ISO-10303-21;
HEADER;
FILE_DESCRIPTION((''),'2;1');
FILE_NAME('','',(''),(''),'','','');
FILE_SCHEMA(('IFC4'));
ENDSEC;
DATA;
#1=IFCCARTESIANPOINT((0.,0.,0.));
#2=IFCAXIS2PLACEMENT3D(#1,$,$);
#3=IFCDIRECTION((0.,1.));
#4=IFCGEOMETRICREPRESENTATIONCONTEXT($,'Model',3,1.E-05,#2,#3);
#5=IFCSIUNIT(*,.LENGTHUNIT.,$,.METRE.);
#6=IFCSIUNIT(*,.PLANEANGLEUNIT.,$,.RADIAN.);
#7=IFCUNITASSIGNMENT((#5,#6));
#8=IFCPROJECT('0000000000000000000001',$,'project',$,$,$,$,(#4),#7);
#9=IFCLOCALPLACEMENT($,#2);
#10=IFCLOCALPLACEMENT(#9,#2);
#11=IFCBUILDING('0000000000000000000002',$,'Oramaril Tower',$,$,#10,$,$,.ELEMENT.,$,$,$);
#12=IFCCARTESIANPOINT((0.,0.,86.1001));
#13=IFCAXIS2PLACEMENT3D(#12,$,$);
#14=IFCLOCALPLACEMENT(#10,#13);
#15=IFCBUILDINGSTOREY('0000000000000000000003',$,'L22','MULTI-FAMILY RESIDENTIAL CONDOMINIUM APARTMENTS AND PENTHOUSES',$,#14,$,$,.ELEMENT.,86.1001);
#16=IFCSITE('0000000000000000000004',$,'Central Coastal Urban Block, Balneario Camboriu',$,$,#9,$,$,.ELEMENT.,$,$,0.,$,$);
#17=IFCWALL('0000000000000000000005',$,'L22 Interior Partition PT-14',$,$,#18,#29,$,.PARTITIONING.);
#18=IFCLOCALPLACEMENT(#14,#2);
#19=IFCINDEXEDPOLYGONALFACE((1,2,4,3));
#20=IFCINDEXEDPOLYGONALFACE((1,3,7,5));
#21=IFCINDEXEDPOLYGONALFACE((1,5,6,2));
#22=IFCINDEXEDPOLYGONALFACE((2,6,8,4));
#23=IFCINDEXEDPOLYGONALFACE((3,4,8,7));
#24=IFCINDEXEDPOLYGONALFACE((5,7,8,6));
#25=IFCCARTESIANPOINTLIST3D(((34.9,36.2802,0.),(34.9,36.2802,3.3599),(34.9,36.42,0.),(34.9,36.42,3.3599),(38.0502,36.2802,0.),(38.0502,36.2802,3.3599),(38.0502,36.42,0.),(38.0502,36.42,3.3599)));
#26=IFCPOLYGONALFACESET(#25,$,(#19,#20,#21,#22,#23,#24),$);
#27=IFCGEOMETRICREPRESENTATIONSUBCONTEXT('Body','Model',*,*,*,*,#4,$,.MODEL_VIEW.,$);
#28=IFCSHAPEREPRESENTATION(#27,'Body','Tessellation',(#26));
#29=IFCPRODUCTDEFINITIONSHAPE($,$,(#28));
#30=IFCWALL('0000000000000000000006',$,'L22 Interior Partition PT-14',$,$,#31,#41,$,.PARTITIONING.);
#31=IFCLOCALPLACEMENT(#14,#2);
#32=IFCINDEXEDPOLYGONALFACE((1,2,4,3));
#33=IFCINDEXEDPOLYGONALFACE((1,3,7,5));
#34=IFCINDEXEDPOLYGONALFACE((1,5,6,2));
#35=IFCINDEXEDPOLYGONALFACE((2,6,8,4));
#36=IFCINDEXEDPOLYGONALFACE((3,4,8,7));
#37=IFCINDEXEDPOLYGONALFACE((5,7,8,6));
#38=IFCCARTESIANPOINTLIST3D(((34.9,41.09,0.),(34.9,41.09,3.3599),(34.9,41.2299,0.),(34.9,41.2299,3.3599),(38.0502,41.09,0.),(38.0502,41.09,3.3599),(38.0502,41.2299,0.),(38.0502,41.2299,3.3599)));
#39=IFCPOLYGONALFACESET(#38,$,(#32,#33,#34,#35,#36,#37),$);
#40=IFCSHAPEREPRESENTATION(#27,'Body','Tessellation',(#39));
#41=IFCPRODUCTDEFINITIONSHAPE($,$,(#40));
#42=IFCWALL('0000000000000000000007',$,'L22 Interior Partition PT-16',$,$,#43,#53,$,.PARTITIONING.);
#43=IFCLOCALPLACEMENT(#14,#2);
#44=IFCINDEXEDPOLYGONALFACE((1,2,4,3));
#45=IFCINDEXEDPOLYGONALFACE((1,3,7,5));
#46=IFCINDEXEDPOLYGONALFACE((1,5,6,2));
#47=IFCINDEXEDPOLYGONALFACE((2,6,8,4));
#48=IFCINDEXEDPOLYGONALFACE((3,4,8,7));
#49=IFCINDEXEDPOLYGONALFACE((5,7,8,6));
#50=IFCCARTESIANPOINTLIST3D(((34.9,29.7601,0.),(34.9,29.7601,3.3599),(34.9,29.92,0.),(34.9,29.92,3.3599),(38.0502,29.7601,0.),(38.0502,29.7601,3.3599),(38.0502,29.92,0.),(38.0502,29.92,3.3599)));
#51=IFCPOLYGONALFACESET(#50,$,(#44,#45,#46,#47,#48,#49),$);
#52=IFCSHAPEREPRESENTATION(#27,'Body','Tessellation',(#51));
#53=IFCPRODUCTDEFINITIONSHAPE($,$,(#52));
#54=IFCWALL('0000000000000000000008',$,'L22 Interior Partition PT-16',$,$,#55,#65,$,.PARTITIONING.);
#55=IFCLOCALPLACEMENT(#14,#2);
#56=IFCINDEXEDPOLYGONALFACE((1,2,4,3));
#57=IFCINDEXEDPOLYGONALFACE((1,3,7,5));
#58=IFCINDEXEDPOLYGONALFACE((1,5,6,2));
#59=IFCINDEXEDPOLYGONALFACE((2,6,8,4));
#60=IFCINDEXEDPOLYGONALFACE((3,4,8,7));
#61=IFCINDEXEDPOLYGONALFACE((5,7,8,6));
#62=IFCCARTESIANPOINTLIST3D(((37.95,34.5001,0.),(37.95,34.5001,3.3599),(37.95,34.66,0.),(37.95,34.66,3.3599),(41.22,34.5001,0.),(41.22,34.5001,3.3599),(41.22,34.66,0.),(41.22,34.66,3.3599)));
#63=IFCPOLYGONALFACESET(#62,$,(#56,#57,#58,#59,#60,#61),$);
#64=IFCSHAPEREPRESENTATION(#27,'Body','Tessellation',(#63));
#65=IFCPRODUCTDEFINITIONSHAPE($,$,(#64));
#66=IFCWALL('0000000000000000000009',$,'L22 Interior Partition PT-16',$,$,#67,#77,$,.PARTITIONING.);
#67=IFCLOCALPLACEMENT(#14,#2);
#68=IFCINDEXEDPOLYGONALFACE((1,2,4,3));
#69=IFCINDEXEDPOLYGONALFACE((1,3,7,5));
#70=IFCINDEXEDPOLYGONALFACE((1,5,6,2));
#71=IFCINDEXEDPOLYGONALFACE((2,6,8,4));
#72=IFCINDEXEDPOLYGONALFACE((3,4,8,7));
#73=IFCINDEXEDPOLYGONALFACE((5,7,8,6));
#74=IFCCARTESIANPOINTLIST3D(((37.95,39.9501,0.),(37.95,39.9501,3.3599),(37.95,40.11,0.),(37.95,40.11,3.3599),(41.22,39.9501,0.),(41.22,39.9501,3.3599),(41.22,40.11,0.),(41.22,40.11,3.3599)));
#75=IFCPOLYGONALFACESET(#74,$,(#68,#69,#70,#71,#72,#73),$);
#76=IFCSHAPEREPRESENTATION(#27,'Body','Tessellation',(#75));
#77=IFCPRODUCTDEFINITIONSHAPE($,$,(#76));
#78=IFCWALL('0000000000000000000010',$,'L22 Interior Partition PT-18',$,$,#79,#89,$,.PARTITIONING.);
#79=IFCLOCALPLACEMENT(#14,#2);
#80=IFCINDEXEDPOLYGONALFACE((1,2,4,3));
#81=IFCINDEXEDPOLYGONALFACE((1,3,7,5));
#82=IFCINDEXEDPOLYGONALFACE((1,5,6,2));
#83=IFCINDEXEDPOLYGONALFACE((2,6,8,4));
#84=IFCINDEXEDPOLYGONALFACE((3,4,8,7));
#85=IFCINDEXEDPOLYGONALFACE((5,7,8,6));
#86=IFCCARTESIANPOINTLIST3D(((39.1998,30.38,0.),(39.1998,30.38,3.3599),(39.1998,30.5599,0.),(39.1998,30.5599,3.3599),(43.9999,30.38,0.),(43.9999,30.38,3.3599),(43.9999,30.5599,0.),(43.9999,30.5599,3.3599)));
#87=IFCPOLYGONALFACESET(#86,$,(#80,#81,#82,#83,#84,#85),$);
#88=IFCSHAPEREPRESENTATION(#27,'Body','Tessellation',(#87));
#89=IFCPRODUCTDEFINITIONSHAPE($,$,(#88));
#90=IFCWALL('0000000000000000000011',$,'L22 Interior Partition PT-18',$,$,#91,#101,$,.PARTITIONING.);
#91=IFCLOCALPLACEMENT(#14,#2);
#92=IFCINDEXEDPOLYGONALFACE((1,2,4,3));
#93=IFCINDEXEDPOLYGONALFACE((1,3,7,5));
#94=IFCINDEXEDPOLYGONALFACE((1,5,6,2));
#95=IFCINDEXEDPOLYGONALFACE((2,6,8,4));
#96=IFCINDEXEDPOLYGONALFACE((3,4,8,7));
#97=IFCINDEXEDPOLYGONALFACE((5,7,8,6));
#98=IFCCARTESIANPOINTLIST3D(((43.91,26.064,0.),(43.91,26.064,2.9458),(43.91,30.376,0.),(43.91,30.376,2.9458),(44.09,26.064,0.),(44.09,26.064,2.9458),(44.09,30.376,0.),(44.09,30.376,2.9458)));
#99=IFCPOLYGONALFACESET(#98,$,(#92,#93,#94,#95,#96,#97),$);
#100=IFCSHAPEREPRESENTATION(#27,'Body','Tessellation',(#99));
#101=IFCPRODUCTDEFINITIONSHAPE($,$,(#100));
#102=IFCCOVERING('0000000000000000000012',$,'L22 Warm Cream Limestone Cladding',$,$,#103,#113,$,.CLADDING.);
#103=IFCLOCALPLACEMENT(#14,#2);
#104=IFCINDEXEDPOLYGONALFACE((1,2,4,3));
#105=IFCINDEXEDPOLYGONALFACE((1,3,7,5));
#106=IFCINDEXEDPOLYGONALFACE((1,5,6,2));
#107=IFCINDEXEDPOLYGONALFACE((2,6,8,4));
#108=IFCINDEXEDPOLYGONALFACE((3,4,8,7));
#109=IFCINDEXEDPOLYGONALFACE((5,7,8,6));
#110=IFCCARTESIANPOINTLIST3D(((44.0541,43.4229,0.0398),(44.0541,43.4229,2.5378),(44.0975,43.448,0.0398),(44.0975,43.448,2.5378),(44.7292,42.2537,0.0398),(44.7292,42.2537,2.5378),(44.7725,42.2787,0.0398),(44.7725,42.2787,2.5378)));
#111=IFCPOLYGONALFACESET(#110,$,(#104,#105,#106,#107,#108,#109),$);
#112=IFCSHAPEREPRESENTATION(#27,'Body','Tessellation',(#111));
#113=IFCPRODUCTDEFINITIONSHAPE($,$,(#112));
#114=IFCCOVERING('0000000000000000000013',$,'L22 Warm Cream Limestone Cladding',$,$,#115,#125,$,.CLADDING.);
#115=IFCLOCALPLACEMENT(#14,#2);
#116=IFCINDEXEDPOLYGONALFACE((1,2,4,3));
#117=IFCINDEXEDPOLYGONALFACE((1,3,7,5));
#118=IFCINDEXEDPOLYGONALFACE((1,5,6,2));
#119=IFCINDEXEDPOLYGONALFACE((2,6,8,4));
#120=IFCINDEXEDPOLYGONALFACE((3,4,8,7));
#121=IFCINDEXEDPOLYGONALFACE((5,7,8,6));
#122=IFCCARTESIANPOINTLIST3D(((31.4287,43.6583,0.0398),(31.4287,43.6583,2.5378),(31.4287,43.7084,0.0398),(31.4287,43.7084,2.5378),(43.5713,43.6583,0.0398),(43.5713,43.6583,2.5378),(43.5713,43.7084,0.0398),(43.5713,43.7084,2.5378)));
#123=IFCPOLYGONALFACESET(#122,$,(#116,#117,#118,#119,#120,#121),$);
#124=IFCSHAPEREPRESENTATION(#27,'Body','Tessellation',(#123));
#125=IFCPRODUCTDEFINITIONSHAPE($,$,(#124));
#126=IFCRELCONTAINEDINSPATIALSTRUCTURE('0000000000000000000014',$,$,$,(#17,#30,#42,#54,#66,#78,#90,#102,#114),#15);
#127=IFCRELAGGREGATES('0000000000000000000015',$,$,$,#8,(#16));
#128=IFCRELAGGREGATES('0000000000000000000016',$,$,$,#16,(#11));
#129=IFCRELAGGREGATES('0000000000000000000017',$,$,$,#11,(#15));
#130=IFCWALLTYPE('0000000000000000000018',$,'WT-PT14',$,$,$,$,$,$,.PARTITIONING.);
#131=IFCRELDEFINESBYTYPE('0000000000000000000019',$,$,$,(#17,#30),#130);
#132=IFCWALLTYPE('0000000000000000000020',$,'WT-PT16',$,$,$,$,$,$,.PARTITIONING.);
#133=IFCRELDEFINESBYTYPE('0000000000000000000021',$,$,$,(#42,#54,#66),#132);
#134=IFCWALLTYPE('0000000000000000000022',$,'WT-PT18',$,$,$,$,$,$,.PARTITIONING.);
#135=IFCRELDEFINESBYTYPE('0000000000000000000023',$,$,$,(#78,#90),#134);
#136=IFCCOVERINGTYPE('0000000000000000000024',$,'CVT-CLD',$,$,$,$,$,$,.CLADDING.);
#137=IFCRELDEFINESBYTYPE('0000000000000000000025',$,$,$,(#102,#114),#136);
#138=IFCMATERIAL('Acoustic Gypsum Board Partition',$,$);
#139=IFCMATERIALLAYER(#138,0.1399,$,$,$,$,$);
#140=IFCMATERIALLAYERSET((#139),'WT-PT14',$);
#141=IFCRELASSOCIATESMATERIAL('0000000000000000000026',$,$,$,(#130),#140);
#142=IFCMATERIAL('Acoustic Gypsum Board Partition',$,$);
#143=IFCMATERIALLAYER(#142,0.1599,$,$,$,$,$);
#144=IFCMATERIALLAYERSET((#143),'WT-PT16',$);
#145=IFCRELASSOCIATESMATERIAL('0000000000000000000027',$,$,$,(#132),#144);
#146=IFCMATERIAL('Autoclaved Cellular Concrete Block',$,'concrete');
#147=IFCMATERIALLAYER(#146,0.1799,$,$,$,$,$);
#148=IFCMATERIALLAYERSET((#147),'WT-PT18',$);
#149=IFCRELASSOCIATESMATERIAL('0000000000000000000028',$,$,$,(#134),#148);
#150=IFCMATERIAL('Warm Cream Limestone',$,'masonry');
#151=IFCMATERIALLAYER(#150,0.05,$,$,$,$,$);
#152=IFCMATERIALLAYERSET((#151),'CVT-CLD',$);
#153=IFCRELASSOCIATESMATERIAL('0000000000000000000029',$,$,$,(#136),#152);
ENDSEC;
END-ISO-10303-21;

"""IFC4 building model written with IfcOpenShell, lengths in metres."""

from ifc_helpers import new_model, si_unit, direction, frame, frame_2d, origin, origin_2d, place, context, subcontext, project, spatial, rectangle, extrude, material, layer, layer_set, type_object, element, save


model = new_model("IFC4")

# Units and contexts
model_context = context("Model", 3, precision=1e-05, world=origin(), true_north=direction((0.0, 1.0)))
body_context = subcontext(model_context, "Body", "Model", "MODEL_VIEW")
ifc_project = project(units=[si_unit("LENGTHUNIT", "METRE"), si_unit("PLANEANGLEUNIT", "RADIAN")], contexts=[model_context])

# Site, building, storey
site_placement = place(None, origin())
site = spatial("IfcSite", under=ifc_project, at=site_placement, Name="Central Coastal Urban Block, Balneario Camboriu", CompositionType="ELEMENT", RefElevation=0.0)
building_placement = place(site_placement, origin())
building = spatial("IfcBuilding", under=site, at=building_placement, Name="Oramaril Tower", CompositionType="ELEMENT")
storey_placement = place(building_placement, frame((0.0, 0.0, 86.1001)))
storey = spatial("IfcBuildingStorey", under=building, at=storey_placement, Name="L22", Description="MULTI-FAMILY RESIDENTIAL CONDOMINIUM APARTMENTS AND PENTHOUSES", CompositionType="ELEMENT", Elevation=86.1001)

# Walls
ifc_material_1 = material(Name="Acoustic Gypsum Board Partition")
ifc_layer_1 = layer(ifc_material_1, 0.1399)
ifc_layer_set_1 = layer_set([ifc_layer_1], Name="WT-PT14")
wall_type_1 = type_object("IfcWallType", Name="WT-PT14", PredefinedType="PARTITIONING", material=ifc_layer_set_1)
for number, where, z_axis, x_axis, name in (
    (1, (34.8999, 36.3501, 0.0), (0.0, 0.0, 1.0), (1.0, 0.0, 0.0), "L22 Interior Partition PT-14"),
    (2, (34.8999, 41.1599, 0.0), (0.0, 0.0, 1.0), (1.0, 0.0, 0.0), "L22 Interior Partition PT-14"),
):
    element("IfcWall", number, at=place(storey_placement, frame(where, z_axis=z_axis, x_axis=x_axis)), inside=storey, type_object=wall_type_1, Name=name, PredefinedType="PARTITIONING", context=body_context, shape_type="SweptSolid", body=[
        extrude(rectangle(XDim=3.1501, YDim=0.1399, at=frame_2d((1.5752, 0.0))), origin(), (0.0, 0.0, 1.0), 3.3599),
    ])

# Walls
ifc_material_2 = material(Name="Acoustic Gypsum Board Partition")
ifc_layer_2 = layer(ifc_material_2, 0.1599)
ifc_layer_set_2 = layer_set([ifc_layer_2], Name="WT-PT16")
wall_type_2 = type_object("IfcWallType", Name="WT-PT16", PredefinedType="PARTITIONING", material=ifc_layer_set_2)
wall_1_placement = place(storey_placement, frame((34.8999, 29.8401, 0.0), z_axis=(0.0, 0.0, 1.0), x_axis=(1.0, 0.0, 0.0)))
element("IfcWall", 3, at=wall_1_placement, inside=storey, type_object=wall_type_2, Name="L22 Interior Partition PT-16", PredefinedType="PARTITIONING", context=body_context, shape_type="SweptSolid", body=[
    extrude(rectangle(XDim=3.1501, YDim=0.1599, at=frame_2d((1.5752, 0.0))), origin(), (0.0, 0.0, 1.0), 3.3599),
])
for number, where, z_axis, x_axis, name in (
    (4, (37.95, 34.5801, 0.0), (0.0, 0.0, 1.0), (1.0, 0.0, 0.0), "L22 Interior Partition PT-16"),
    (5, (37.95, 40.03, 0.0), (0.0, 0.0, 1.0), (1.0, 0.0, 0.0), "L22 Interior Partition PT-16"),
):
    element("IfcWall", number, at=place(storey_placement, frame(where, z_axis=z_axis, x_axis=x_axis)), inside=storey, type_object=wall_type_2, Name=name, PredefinedType="PARTITIONING", context=body_context, shape_type="SweptSolid", body=[
        extrude(rectangle(XDim=3.27, YDim=0.1599, at=frame_2d((1.635, 0.0))), origin(), (0.0, 0.0, 1.0), 3.3599),
    ])
ifc_material_3 = material(Name="Autoclaved Cellular Concrete Block", Category="concrete")
ifc_layer_3 = layer(ifc_material_3, 0.1799)
ifc_layer_set_3 = layer_set([ifc_layer_3], Name="WT-PT18")
wall_type_3 = type_object("IfcWallType", Name="WT-PT18", PredefinedType="PARTITIONING", material=ifc_layer_set_3)
wall_2_placement = place(storey_placement, frame((39.2, 30.47, 0.0), z_axis=(0.0, 0.0, 1.0), x_axis=(1.0, 0.0, 0.0)))
element("IfcWall", 6, at=wall_2_placement, inside=storey, type_object=wall_type_3, Name="L22 Interior Partition PT-18", PredefinedType="PARTITIONING", context=body_context, shape_type="SweptSolid", body=[
    extrude(rectangle(XDim=4.8, YDim=0.1799, at=frame_2d((2.3999, 0.0))), origin(), (0.0, 0.0, 1.0), 3.3599),
])
wall_3_placement = place(storey_placement, frame((44.0, 26.064, 0.0), z_axis=(0.0, 0.0, 1.0), x_axis=(0.0, 1.0, 0.0)))
element("IfcWall", 7, at=wall_3_placement, inside=storey, type_object=wall_type_3, Name="L22 Interior Partition PT-18", PredefinedType="PARTITIONING", context=body_context, shape_type="SweptSolid", body=[
    extrude(rectangle(XDim=4.312, YDim=0.1799, at=frame_2d((2.156, 0.0))), origin(), (0.0, 0.0, 1.0), 2.9458),
])

# Coverings
ifc_material_4 = material(Name="Warm Cream Limestone", Category="masonry")
ifc_layer_4 = layer(ifc_material_4, 0.05)
ifc_layer_set_4 = layer_set([ifc_layer_4], Name="CVT-CLD")
covering_type = type_object("IfcCoveringType", Name="CVT-CLD", PredefinedType="CLADDING", material=ifc_layer_set_4)
covering_1_placement = place(storey_placement, frame((44.4133, 42.8508, 0.0398), z_axis=(0.0, 0.0, 1.0), x_axis=(-0.5, 0.866025, 0.0)))
element("IfcCovering", 8, at=covering_1_placement, inside=storey, type_object=covering_type, Name="L22 Warm Cream Limestone Cladding", PredefinedType="CLADDING", context=body_context, shape_type="SweptSolid", body=[
    extrude(rectangle(XDim=1.3501, YDim=0.05, at=origin_2d()), origin(), (0.0, 0.0, 1.0), 2.498),
])
covering_2_placement = place(storey_placement, frame((37.5, 43.6833, 0.0398), z_axis=(0.0, 0.0, 1.0), x_axis=(-1.0, 0.0, 0.0)))
element("IfcCovering", 9, at=covering_2_placement, inside=storey, type_object=covering_type, Name="L22 Warm Cream Limestone Cladding", PredefinedType="CLADDING", context=body_context, shape_type="SweptSolid", body=[
    extrude(rectangle(XDim=12.1426, YDim=0.05, at=origin_2d()), origin(), (0.0, 0.0, 1.0), 2.498),
])

save(model, "model.ifc")
